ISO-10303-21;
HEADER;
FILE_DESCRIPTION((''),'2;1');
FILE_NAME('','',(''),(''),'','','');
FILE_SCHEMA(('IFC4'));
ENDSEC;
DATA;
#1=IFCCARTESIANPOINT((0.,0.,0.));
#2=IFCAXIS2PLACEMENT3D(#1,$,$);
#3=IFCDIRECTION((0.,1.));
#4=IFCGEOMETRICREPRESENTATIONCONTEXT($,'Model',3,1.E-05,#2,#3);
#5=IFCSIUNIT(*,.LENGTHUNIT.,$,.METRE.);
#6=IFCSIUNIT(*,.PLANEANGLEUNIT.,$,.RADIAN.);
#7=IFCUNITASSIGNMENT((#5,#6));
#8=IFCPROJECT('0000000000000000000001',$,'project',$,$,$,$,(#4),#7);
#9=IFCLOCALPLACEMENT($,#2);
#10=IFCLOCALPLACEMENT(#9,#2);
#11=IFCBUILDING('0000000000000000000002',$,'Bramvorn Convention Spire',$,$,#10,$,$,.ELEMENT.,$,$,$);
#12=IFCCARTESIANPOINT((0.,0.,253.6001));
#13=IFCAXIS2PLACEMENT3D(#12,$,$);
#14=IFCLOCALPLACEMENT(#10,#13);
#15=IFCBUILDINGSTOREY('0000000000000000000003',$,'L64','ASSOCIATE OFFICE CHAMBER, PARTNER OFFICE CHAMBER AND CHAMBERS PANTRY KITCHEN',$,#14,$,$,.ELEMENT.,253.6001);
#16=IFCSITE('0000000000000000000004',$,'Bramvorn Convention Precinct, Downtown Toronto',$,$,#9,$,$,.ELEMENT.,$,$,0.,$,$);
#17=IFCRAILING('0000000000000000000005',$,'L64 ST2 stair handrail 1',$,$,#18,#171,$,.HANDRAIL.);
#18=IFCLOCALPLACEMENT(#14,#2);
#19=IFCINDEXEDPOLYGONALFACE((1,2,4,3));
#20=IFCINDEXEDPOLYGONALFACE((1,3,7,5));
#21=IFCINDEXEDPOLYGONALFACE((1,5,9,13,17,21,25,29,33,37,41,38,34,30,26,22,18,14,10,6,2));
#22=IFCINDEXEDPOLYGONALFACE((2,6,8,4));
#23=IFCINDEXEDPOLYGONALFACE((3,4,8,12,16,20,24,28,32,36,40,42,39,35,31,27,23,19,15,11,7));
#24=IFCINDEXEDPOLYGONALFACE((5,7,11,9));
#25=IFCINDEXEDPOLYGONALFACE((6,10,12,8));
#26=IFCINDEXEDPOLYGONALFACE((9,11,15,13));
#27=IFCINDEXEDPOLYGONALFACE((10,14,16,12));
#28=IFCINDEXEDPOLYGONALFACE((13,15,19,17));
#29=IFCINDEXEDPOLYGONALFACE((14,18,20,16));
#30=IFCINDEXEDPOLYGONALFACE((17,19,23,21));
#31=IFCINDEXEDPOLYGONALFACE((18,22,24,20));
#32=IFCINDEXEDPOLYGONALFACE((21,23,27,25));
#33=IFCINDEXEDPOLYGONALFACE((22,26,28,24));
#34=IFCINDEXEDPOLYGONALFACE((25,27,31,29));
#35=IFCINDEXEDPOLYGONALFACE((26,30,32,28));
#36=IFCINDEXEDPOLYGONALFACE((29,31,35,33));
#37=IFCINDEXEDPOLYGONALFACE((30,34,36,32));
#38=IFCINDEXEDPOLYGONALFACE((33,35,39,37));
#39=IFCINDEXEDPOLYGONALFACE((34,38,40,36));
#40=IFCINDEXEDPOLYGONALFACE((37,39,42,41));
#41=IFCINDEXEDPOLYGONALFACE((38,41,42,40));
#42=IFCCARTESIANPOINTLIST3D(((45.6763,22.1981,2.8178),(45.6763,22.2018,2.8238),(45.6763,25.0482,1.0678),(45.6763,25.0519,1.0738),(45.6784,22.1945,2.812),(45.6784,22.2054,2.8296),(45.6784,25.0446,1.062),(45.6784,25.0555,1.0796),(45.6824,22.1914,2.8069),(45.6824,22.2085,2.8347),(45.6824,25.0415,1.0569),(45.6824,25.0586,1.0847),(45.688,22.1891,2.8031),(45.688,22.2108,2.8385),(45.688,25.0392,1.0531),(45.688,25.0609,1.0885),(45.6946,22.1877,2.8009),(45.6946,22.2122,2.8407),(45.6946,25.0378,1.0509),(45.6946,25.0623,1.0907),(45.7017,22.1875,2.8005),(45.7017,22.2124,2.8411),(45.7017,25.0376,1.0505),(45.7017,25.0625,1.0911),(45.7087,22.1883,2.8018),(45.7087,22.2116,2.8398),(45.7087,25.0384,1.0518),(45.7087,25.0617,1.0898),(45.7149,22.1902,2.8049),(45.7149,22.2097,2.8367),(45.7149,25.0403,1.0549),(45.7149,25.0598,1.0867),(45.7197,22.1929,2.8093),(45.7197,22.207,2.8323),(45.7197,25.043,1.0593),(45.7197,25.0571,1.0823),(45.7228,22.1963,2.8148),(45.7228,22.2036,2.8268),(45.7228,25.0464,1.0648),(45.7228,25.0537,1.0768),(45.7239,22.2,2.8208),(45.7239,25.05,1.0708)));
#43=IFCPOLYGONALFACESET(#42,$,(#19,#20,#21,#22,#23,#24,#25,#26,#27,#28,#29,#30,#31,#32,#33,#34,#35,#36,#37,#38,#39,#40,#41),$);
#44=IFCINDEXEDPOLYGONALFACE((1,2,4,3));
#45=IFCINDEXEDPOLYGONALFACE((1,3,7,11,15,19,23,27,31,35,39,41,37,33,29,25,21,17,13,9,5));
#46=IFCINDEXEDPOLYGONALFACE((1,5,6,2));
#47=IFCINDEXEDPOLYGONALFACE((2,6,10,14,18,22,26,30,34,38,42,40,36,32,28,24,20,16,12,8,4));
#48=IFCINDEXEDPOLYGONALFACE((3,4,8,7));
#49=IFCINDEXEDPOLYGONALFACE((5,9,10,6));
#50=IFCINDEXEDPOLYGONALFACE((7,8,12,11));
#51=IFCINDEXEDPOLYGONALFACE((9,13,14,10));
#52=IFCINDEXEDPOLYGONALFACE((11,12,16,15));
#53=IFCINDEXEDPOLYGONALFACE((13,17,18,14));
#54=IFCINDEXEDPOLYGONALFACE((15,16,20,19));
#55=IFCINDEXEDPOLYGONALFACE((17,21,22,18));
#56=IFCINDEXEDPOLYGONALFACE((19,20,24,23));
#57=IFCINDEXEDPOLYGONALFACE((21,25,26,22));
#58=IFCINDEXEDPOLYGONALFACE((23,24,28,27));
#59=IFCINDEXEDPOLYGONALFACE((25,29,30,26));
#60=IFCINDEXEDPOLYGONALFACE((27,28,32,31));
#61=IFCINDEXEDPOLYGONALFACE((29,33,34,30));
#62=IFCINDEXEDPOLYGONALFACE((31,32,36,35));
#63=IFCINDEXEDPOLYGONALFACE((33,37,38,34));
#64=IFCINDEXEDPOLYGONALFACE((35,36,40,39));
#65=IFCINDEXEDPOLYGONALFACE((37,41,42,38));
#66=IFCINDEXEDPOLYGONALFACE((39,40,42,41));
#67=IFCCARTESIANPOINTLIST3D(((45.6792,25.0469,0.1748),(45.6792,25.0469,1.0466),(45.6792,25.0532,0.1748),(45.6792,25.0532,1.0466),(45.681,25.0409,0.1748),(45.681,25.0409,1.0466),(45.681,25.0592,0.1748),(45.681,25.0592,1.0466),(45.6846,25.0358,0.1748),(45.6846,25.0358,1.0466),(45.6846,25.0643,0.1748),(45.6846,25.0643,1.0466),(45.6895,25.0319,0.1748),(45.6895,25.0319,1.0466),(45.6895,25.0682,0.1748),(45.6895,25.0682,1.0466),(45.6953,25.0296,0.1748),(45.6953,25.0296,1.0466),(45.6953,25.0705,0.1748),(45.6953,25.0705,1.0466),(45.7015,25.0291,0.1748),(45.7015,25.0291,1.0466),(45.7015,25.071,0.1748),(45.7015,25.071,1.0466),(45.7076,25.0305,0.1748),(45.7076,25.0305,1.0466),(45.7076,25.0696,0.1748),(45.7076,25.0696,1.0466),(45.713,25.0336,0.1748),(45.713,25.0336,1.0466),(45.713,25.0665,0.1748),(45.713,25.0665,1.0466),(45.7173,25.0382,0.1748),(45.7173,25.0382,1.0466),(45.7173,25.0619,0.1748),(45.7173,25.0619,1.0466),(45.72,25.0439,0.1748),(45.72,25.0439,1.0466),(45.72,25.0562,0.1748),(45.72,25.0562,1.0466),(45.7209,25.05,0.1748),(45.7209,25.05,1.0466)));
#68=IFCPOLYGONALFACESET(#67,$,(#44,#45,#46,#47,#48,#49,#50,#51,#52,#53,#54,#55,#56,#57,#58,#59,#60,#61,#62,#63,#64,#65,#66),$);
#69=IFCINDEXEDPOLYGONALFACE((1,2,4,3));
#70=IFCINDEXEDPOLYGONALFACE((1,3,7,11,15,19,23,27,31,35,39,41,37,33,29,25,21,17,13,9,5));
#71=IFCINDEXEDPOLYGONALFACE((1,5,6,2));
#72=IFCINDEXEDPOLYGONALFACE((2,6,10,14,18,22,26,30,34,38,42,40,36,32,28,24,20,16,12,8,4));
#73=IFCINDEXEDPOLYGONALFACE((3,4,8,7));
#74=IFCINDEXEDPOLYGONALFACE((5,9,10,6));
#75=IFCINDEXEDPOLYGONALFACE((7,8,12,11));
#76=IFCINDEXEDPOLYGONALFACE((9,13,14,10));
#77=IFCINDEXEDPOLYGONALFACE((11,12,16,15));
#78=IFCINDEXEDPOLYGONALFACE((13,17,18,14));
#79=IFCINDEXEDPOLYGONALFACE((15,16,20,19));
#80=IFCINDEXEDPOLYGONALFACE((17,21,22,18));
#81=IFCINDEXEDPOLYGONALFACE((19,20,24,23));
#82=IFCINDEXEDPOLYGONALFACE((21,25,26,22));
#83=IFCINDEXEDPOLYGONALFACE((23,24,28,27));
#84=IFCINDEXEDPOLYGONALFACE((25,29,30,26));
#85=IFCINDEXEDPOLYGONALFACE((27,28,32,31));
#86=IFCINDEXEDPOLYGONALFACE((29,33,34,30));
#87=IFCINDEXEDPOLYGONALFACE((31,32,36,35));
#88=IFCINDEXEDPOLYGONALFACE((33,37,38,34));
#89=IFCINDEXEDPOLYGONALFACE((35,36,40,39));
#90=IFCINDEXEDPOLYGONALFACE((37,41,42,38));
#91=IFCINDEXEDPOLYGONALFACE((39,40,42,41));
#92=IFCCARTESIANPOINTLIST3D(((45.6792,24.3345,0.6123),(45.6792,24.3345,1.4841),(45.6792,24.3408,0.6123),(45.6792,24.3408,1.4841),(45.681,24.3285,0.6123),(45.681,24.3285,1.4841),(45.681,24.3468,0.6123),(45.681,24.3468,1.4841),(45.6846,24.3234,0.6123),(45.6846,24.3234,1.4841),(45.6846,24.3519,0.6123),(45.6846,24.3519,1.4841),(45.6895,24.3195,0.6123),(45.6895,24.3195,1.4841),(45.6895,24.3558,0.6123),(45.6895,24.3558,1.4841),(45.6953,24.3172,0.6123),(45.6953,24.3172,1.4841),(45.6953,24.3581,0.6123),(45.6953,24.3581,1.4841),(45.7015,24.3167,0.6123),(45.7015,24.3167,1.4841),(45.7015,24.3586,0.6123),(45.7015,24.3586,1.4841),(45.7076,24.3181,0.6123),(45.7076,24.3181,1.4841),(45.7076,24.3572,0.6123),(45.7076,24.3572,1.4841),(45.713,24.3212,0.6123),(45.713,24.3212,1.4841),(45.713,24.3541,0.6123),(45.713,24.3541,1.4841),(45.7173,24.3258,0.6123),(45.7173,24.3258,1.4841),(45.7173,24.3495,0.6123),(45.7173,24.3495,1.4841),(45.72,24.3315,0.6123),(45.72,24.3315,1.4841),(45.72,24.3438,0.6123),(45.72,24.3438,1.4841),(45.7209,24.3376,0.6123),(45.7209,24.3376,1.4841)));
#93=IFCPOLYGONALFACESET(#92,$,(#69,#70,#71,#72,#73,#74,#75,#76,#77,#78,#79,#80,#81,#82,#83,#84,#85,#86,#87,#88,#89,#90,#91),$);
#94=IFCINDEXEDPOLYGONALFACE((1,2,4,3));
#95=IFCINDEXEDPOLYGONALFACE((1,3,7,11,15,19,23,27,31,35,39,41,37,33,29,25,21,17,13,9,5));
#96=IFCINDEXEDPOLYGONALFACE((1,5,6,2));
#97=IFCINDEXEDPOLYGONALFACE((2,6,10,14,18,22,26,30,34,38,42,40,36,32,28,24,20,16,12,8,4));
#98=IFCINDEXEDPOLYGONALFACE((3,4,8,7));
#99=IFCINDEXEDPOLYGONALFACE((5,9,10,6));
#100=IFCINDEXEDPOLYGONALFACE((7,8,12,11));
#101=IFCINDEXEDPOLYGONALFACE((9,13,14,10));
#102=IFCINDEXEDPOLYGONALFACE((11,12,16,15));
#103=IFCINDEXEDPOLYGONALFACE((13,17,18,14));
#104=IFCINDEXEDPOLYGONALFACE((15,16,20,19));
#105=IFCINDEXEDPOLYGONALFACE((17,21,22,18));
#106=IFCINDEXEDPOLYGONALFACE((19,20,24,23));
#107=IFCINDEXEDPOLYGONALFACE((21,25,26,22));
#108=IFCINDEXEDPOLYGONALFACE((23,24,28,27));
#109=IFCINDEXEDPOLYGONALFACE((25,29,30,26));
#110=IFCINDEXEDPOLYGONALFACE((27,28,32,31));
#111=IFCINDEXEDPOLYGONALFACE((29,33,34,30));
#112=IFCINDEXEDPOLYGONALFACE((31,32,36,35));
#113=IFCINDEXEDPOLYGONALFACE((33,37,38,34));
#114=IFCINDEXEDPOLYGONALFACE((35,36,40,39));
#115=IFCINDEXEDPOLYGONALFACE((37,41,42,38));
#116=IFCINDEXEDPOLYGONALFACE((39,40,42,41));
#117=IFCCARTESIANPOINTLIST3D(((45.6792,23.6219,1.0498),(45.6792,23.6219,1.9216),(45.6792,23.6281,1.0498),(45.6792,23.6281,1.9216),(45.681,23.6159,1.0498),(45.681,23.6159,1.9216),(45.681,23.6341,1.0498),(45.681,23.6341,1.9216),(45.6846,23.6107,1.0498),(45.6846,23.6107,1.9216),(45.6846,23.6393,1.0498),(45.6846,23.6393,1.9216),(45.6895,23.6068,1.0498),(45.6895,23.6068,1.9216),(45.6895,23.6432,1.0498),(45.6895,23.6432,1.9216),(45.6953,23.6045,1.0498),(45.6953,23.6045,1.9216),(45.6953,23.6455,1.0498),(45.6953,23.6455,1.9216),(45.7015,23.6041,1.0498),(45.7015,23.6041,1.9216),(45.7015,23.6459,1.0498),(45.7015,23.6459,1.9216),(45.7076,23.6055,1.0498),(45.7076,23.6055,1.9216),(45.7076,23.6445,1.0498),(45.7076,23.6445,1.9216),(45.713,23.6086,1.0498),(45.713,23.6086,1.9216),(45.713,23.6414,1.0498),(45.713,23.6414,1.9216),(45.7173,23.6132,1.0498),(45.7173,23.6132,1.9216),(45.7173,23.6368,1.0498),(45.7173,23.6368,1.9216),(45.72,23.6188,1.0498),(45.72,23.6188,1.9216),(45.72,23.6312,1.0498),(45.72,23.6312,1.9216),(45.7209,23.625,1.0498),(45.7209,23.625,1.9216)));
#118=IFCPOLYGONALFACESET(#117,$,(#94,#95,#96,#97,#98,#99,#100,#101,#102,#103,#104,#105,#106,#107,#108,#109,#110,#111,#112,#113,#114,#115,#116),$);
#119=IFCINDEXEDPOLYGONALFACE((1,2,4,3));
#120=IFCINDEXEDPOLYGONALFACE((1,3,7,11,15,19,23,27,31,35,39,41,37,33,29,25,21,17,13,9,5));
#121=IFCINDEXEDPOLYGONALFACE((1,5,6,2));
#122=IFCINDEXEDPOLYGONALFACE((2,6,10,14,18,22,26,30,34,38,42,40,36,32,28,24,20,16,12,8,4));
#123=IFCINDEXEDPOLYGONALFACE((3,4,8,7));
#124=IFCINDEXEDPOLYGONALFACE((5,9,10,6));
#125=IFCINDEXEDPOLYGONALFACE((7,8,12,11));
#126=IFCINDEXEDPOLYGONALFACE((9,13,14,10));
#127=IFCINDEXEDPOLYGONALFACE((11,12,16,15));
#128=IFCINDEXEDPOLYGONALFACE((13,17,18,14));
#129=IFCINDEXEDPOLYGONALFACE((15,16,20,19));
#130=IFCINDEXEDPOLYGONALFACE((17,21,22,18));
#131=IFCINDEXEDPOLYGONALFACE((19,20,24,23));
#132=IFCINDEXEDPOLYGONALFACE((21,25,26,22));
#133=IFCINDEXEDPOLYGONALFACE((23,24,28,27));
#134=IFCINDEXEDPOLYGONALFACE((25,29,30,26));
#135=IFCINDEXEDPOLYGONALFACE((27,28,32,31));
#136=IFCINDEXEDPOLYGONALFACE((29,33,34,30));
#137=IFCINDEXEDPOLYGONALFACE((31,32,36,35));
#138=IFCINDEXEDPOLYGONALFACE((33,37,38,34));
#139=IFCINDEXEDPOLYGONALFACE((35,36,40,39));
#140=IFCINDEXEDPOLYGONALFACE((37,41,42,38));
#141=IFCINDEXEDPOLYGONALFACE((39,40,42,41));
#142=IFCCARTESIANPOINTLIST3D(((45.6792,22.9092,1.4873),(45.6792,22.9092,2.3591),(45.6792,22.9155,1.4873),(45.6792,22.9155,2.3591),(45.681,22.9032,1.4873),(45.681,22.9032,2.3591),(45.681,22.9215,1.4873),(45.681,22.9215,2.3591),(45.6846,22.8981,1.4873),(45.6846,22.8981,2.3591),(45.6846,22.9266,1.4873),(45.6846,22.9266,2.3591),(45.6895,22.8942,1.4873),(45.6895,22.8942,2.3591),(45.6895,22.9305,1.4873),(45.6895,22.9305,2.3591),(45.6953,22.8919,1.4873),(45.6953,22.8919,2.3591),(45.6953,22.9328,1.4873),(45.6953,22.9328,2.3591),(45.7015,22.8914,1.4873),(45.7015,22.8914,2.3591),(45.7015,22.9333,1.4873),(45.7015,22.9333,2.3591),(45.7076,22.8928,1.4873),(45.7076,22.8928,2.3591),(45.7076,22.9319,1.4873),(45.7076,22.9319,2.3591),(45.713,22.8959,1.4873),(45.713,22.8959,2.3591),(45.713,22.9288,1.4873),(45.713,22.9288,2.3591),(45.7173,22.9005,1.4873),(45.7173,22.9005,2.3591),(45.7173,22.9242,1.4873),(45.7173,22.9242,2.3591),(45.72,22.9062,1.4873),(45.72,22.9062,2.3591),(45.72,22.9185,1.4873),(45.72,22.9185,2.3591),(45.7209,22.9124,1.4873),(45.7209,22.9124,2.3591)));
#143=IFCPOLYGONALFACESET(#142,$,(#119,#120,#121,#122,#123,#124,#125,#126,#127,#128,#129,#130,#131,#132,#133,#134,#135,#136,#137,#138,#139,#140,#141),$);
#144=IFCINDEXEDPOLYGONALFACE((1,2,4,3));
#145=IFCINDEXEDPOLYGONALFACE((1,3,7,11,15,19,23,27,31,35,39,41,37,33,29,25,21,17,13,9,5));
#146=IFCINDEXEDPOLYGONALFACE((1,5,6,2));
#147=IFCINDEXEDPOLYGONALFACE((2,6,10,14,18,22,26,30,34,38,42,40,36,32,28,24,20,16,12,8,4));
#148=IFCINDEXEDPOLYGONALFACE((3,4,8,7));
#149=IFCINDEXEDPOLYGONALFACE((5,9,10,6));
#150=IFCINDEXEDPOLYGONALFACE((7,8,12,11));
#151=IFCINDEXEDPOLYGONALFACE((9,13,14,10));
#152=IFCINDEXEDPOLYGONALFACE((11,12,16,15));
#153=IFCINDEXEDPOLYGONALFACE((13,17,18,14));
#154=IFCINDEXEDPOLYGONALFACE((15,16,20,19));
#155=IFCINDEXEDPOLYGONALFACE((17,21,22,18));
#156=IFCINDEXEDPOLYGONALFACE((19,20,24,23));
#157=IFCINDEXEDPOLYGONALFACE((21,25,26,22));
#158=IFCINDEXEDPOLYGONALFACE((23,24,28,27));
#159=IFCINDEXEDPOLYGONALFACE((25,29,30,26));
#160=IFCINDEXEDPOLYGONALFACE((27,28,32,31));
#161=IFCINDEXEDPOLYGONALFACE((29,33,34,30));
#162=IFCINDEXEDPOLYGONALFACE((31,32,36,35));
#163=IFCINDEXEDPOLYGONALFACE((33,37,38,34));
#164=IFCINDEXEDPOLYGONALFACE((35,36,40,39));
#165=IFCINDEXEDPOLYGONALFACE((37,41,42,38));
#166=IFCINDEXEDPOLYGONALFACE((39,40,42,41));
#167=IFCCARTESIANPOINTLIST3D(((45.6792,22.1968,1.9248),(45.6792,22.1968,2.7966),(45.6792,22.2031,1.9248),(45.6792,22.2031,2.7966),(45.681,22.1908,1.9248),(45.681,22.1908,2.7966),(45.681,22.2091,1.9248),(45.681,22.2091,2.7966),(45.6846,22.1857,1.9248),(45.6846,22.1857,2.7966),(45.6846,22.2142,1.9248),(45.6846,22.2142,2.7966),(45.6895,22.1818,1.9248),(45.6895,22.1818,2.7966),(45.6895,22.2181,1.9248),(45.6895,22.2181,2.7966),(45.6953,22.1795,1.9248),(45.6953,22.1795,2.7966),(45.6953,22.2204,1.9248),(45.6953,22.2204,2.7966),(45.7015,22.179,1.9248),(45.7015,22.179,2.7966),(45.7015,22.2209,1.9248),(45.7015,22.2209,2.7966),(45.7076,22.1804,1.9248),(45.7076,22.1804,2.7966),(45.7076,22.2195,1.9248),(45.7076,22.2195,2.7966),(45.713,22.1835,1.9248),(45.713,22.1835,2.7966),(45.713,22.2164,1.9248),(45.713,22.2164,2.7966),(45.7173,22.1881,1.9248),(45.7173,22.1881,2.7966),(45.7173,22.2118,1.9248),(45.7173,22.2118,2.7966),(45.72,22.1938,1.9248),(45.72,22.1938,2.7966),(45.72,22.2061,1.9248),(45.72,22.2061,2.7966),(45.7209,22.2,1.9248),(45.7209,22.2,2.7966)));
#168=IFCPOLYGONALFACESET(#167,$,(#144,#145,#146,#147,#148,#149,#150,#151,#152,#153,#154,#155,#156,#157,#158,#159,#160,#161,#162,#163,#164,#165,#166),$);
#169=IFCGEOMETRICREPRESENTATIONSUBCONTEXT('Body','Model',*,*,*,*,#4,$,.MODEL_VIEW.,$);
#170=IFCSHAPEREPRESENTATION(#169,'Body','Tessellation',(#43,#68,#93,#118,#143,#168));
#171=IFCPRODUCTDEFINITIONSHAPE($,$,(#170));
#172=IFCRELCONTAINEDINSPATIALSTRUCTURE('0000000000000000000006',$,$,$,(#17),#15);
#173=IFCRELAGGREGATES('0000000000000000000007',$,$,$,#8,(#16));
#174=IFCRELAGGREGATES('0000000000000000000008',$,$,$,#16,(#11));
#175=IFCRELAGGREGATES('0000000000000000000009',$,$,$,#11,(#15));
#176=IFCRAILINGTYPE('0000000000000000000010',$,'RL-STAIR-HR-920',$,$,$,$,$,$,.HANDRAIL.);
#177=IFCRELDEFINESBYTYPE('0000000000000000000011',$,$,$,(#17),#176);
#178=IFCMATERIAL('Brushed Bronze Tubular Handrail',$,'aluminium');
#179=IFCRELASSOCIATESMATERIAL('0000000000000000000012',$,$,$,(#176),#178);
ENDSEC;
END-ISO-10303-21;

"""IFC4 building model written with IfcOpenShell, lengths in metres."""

from ifc_helpers import new_model, si_unit, direction, frame, origin, origin_2d, place, context, subcontext, project, spatial, circle, extrude, material, type_object, element, save


model = new_model("IFC4")

# Units and contexts
model_context = context("Model", 3, precision=1e-05, world=origin(), true_north=direction((0.0, 1.0)))
body_context = subcontext(model_context, "Body", "Model", "MODEL_VIEW")
ifc_project = project(units=[si_unit("LENGTHUNIT", "METRE"), si_unit("PLANEANGLEUNIT", "RADIAN")], contexts=[model_context])

# Site, building, storey
site_placement = place(None, origin())
site = spatial("IfcSite", under=ifc_project, at=site_placement, Name="Bramvorn Convention Precinct, Downtown Toronto", CompositionType="ELEMENT", RefElevation=0.0)
building_placement = place(site_placement, origin())
building = spatial("IfcBuilding", under=site, at=building_placement, Name="Bramvorn Convention Spire", CompositionType="ELEMENT")
storey_placement = place(building_placement, frame((0.0, 0.0, 253.6001)))
storey = spatial("IfcBuildingStorey", under=building, at=storey_placement, Name="L64", Description="ASSOCIATE OFFICE CHAMBER, PARTNER OFFICE CHAMBER AND CHAMBERS PANTRY KITCHEN", CompositionType="ELEMENT", Elevation=253.6001)

# Railing
ifc_material_1 = material(Name="Brushed Bronze Tubular Handrail", Category="aluminium")
railing_type_1 = type_object("IfcRailingType", Name="RL-STAIR-HR-920", PredefinedType="HANDRAIL", material=ifc_material_1)
railing_1_placement = place(storey_placement, frame((45.7, 25.05, 0.1748)))
element("IfcRailing", 1, at=railing_1_placement, inside=storey, type_object=railing_type_1, Name="L64 ST2 stair handrail 1", PredefinedType="HANDRAIL", context=body_context, shape_type="SweptSolid", body=[
    extrude(circle(Radius=0.0239, at=origin_2d()), frame((0.0, 0.0, 0.896), z_axis=(0.0, -0.852179, 0.52325), x_axis=(1.0, 0.0, 0.0)), (0.0, 0.0, 1.0), 3.3445),
    extrude(circle(Radius=0.021, at=origin_2d()), origin(), (0.0, 0.0, 1.0), 0.8718),
    extrude(circle(Radius=0.021, at=origin_2d()), frame((0.0, -0.7124, 0.4375)), (0.0, 0.0, 1.0), 0.8718),
    extrude(circle(Radius=0.021, at=origin_2d()), frame((0.0, -1.425, 0.875)), (0.0, 0.0, 1.0), 0.8718),
    extrude(circle(Radius=0.021, at=origin_2d()), frame((0.0, -2.1377, 1.3125)), (0.0, 0.0, 1.0), 0.8718),
    extrude(circle(Radius=0.021, at=origin_2d()), frame((0.0, -2.8501, 1.75)), (0.0, 0.0, 1.0), 0.8718),
])

save(model, "model.ifc")
